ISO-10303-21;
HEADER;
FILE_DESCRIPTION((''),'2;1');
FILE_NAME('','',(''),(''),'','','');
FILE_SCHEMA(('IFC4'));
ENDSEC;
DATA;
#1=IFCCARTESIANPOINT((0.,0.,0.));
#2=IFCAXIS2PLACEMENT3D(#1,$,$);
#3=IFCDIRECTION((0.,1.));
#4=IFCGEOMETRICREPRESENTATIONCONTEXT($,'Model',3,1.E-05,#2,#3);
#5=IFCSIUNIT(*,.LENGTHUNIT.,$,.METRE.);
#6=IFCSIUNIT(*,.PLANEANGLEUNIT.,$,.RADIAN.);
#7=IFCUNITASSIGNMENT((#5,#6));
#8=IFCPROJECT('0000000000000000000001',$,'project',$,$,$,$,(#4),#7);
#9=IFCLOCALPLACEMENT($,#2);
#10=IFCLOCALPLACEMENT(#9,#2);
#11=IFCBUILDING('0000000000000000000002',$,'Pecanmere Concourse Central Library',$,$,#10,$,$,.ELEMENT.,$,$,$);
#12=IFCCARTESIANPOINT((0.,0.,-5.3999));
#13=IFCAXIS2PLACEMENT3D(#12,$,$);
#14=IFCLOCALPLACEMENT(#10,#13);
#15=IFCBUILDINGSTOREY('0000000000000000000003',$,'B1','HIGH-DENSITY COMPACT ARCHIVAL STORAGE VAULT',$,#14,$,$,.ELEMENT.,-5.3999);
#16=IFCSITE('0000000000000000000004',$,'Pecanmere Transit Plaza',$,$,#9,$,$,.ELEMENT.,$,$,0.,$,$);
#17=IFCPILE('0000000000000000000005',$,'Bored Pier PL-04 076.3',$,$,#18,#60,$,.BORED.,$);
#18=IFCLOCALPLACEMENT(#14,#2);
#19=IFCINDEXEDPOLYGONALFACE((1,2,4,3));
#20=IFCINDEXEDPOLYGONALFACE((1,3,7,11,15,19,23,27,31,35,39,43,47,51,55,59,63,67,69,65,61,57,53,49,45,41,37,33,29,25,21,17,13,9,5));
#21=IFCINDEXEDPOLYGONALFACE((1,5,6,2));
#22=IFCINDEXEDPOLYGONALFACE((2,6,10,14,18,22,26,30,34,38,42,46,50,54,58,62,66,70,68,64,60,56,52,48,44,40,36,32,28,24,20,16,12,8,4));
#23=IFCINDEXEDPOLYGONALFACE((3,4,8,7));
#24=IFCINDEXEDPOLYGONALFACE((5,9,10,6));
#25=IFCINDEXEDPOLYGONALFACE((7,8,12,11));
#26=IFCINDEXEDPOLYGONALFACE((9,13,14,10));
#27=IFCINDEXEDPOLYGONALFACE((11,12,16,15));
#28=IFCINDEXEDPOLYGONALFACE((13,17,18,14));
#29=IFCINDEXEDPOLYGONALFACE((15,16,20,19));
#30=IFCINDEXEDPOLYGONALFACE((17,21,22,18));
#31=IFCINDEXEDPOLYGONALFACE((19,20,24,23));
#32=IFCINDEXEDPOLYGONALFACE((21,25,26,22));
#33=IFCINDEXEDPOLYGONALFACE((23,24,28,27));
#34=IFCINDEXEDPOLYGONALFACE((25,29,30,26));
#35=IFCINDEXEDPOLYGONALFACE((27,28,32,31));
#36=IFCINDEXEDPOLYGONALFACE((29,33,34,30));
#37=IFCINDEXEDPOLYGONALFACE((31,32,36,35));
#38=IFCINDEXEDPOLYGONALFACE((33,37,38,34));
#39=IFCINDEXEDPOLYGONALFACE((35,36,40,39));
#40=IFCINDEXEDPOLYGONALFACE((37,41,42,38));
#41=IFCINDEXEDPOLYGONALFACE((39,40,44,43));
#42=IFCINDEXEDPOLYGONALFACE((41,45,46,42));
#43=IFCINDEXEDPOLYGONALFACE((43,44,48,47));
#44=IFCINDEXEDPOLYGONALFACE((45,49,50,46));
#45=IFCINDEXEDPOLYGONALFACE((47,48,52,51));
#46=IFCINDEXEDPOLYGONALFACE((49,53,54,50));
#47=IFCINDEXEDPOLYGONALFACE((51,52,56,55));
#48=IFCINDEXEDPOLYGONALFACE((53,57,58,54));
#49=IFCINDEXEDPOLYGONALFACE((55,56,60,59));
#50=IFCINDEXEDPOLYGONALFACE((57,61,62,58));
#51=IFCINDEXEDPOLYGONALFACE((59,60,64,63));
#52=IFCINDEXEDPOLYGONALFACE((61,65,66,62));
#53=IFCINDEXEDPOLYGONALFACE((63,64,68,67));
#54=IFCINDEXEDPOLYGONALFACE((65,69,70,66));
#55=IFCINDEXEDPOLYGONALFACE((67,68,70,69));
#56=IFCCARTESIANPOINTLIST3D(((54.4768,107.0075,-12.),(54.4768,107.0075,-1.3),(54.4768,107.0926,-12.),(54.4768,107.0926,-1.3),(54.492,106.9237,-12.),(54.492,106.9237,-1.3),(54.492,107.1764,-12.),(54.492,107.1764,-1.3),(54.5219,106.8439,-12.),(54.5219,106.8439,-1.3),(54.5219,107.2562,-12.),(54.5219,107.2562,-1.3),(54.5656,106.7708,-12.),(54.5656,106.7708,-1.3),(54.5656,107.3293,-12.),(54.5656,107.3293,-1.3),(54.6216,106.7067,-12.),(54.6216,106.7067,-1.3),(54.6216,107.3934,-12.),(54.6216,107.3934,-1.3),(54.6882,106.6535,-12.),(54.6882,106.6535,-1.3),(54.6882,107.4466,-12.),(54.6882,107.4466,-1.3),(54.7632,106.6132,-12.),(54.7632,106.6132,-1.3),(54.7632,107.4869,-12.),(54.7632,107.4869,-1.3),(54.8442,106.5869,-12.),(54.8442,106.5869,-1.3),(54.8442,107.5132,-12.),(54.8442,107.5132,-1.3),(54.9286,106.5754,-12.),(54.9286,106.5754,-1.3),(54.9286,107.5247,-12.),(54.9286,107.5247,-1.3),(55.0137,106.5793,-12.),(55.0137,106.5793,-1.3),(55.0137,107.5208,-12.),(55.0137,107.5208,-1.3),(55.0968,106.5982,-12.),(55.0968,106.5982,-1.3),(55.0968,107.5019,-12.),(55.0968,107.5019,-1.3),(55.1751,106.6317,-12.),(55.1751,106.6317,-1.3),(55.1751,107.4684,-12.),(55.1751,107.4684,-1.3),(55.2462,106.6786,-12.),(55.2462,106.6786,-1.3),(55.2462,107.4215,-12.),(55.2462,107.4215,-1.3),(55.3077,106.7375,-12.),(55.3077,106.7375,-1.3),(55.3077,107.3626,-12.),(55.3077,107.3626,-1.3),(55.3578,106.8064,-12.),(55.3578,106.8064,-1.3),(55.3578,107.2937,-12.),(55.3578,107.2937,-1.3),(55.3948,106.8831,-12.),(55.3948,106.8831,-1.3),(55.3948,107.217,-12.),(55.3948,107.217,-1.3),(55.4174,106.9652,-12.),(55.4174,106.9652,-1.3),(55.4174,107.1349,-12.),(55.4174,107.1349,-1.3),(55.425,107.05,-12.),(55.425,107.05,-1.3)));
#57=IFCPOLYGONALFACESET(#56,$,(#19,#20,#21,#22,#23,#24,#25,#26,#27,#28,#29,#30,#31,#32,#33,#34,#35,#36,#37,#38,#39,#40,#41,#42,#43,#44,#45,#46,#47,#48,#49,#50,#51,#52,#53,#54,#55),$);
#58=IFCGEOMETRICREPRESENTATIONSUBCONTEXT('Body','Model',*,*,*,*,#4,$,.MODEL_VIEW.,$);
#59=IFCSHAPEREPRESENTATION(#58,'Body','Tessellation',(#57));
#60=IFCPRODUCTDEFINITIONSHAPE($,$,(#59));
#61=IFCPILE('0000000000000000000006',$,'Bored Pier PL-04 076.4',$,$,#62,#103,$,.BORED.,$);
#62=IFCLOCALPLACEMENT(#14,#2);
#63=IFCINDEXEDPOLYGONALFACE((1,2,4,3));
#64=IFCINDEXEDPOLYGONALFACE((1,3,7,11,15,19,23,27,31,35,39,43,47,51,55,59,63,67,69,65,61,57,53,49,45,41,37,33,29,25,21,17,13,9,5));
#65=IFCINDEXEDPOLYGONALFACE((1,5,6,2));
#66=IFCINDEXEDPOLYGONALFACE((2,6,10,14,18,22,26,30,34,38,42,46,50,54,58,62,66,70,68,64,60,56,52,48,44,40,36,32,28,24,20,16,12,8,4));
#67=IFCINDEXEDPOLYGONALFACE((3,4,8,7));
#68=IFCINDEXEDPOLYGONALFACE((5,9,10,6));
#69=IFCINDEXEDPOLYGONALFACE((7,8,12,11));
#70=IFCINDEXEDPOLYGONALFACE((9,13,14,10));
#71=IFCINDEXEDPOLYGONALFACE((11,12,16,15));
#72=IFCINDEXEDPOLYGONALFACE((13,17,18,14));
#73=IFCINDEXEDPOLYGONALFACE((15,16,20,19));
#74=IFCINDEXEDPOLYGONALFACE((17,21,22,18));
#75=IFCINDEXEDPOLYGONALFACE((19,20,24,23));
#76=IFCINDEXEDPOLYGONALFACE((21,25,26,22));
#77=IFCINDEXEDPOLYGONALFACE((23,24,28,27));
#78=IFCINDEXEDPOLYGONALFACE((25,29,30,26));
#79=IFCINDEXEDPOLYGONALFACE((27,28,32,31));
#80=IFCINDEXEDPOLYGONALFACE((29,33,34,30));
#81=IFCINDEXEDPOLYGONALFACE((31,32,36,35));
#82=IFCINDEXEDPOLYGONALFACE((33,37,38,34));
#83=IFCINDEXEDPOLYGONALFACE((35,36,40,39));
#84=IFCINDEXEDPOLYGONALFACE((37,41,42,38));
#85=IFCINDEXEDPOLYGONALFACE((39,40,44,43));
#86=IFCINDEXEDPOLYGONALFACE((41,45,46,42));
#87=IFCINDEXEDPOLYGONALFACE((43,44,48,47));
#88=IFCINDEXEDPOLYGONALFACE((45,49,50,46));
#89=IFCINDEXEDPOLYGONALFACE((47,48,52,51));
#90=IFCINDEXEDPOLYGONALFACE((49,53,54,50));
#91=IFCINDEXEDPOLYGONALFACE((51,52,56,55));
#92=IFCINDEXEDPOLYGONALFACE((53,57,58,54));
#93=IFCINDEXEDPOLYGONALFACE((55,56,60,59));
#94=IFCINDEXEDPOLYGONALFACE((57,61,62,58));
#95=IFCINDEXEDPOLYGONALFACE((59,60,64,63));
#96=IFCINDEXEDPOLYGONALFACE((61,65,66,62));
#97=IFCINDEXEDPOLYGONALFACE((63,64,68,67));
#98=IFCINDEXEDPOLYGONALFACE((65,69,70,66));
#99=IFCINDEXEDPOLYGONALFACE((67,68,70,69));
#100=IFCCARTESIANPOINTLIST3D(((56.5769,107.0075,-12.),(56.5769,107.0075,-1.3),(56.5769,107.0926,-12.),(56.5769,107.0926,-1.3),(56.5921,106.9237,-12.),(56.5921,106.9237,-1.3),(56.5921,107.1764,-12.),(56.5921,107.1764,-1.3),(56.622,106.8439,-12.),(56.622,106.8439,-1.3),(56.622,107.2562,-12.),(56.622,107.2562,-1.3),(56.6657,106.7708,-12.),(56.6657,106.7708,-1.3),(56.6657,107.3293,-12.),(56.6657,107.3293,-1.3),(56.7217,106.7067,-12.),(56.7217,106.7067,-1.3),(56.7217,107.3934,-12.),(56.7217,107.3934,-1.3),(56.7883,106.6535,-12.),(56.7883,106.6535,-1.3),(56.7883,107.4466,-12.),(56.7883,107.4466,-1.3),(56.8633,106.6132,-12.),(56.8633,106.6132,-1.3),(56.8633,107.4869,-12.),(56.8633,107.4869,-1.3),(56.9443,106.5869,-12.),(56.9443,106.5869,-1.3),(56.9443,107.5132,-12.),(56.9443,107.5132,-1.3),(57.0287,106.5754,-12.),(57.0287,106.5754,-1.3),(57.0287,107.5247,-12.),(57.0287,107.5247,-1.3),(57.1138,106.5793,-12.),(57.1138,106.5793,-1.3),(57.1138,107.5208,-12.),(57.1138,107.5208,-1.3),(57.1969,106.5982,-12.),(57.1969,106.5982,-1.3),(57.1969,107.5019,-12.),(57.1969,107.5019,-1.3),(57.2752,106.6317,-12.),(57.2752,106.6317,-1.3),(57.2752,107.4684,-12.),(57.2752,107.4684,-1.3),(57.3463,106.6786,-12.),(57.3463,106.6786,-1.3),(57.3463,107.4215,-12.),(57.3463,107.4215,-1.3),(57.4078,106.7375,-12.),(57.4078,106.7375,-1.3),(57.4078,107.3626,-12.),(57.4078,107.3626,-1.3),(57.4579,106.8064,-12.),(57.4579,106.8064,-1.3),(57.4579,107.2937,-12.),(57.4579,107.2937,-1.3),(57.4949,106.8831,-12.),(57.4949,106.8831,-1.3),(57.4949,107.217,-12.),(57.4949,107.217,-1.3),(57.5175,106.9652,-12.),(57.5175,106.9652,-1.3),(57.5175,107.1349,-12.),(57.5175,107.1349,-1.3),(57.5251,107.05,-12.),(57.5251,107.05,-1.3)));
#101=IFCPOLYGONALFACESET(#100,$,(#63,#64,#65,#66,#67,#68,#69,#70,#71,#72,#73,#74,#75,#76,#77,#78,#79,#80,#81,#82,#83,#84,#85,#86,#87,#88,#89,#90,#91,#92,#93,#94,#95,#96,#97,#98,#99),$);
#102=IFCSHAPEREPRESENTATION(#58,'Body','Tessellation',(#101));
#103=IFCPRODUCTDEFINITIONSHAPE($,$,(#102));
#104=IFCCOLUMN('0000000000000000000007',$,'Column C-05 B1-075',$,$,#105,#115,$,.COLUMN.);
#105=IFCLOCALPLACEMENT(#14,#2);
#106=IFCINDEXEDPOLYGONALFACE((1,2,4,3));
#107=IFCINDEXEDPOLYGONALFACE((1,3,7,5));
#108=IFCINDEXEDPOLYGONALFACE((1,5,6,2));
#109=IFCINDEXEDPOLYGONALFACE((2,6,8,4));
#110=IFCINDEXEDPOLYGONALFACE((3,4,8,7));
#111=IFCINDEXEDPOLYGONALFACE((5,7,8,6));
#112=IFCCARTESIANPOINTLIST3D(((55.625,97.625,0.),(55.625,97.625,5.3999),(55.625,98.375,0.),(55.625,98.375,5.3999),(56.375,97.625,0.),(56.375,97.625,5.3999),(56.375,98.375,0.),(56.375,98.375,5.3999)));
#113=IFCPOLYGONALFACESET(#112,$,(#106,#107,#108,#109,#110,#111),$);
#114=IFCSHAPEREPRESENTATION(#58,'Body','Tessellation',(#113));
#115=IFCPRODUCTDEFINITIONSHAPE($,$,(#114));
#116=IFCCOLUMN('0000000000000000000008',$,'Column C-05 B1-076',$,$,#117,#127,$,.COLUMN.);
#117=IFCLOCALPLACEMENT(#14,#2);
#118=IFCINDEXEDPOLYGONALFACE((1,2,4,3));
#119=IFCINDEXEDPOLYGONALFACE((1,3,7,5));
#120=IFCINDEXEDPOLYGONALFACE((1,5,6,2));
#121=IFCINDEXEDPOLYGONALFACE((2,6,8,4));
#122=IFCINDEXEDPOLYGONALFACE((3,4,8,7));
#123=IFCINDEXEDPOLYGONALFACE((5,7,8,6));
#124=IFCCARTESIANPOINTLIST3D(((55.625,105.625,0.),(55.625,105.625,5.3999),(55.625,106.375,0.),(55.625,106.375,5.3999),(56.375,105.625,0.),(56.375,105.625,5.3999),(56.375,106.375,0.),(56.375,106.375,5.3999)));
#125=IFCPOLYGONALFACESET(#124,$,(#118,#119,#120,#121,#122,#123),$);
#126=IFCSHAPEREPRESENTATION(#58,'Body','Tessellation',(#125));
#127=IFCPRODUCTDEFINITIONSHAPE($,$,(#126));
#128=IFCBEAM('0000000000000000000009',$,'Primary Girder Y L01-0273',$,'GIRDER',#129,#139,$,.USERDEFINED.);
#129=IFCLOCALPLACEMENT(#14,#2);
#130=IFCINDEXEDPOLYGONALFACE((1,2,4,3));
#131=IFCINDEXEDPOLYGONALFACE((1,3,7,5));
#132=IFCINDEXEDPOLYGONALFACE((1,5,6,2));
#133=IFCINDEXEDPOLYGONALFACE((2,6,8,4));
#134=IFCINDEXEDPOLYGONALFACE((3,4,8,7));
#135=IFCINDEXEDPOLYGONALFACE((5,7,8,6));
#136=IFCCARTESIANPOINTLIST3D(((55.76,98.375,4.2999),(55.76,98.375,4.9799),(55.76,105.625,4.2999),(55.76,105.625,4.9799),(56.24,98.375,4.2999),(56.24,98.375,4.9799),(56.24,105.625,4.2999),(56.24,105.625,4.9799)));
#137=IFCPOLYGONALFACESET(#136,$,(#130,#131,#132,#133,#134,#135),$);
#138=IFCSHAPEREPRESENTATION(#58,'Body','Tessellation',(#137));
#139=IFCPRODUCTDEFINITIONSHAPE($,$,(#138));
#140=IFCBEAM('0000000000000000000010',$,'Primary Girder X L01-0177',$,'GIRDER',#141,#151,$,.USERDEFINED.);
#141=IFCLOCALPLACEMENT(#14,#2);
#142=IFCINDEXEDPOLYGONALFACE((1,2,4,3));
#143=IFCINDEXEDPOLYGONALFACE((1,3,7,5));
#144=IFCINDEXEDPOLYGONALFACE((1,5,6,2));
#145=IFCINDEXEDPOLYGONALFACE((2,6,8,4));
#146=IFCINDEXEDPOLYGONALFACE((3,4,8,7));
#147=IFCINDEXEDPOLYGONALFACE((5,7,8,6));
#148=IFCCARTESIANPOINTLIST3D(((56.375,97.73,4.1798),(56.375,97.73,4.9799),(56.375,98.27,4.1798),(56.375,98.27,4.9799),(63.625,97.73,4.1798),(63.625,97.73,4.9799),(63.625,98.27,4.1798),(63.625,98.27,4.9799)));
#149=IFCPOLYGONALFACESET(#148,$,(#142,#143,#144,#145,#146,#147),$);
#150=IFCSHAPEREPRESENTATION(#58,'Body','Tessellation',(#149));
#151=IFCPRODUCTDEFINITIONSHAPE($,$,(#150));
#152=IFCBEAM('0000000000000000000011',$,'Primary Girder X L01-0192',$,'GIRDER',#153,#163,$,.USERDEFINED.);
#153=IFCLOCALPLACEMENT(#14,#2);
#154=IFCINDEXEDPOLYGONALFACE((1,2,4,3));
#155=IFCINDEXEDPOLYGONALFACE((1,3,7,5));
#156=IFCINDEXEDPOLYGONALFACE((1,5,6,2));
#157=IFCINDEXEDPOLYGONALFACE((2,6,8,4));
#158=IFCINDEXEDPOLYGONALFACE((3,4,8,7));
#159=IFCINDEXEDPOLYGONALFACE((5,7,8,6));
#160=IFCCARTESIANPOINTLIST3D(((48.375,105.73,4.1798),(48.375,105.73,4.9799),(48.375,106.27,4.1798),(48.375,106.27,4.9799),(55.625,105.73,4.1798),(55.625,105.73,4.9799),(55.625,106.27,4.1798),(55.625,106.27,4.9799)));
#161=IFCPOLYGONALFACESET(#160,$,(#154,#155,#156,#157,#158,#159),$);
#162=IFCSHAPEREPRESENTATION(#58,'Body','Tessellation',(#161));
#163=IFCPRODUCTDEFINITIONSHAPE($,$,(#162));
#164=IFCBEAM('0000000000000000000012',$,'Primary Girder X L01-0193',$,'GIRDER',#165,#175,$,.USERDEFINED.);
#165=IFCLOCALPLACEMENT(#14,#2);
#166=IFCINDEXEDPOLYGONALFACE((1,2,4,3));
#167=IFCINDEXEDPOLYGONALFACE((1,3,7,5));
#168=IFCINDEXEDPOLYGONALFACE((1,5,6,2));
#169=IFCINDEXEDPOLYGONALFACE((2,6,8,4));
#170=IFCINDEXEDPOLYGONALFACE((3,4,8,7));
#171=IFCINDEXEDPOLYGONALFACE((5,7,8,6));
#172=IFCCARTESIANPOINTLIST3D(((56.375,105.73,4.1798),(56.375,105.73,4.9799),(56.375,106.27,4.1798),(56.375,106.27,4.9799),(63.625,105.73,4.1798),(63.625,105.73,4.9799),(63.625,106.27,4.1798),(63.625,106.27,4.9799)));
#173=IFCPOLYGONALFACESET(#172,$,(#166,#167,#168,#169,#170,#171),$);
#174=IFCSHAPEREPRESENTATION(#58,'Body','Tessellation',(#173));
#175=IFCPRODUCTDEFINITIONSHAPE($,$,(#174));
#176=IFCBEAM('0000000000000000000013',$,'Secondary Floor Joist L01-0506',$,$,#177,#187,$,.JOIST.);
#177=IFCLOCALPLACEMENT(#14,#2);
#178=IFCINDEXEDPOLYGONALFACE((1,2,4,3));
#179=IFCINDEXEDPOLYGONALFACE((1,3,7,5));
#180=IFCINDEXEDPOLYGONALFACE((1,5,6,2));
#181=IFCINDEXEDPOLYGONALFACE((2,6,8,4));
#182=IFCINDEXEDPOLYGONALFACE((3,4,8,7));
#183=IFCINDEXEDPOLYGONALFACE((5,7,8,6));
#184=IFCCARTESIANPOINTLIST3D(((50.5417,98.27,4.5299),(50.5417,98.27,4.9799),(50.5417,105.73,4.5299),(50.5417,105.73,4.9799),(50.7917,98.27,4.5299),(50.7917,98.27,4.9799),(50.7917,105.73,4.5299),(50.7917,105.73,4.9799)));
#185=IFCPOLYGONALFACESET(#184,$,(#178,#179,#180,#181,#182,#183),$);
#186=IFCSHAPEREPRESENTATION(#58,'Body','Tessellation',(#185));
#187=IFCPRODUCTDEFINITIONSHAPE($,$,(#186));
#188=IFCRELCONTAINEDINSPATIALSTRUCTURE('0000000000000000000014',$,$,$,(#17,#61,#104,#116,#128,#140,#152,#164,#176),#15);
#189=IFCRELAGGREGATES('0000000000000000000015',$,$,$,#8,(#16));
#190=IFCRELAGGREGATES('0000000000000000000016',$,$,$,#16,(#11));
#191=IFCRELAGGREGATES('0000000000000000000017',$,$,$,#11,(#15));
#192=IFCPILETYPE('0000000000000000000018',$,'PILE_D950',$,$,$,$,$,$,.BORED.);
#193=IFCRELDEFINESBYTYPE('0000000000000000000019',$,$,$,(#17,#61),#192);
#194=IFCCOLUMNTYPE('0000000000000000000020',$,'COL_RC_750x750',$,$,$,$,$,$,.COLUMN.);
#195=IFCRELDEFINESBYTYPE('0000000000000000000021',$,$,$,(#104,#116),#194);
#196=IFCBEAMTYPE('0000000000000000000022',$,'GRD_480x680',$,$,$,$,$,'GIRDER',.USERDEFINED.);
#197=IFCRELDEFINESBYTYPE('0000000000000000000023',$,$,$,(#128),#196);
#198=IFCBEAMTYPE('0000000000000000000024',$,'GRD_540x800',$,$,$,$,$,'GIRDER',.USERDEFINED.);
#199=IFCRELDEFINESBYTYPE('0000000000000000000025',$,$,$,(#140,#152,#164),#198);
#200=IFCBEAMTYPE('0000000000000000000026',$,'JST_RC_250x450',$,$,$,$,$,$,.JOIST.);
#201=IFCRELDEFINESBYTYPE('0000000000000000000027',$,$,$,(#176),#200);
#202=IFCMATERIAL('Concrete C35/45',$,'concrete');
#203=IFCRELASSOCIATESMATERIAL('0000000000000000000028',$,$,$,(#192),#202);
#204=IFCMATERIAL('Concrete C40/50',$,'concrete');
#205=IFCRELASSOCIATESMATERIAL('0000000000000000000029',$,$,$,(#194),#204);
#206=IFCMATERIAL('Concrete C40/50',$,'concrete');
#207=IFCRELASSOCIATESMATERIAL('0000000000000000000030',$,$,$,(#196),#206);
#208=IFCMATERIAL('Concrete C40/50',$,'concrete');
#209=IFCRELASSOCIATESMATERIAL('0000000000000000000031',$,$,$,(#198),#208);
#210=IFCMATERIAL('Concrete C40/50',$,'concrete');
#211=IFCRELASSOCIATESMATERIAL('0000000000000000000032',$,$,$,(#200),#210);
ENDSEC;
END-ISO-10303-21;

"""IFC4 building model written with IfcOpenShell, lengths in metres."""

from ifc_helpers import new_model, si_unit, direction, frame, origin, origin_2d, place, context, subcontext, project, spatial, rectangle, circle, extrude, material, material_profile, profile_set, type_object, element, save


model = new_model("IFC4")

# Units and contexts
model_context = context("Model", 3, precision=1e-05, world=origin(), true_north=direction((0.0, 1.0)))
body_context = subcontext(model_context, "Body", "Model", "MODEL_VIEW")
ifc_project = project(units=[si_unit("LENGTHUNIT", "METRE"), si_unit("PLANEANGLEUNIT", "RADIAN")], contexts=[model_context])

# Site, building, storey
site_placement = place(None, origin())
site = spatial("IfcSite", under=ifc_project, at=site_placement, Name="Pecanmere Transit Plaza", CompositionType="ELEMENT", RefElevation=0.0)
building_placement = place(site_placement, origin())
building = spatial("IfcBuilding", under=site, at=building_placement, Name="Pecanmere Concourse Central Library", CompositionType="ELEMENT")
storey_placement = place(building_placement, frame((0.0, 0.0, -5.3999)))
storey = spatial("IfcBuildingStorey", under=building, at=storey_placement, Name="B1", Description="HIGH-DENSITY COMPACT ARCHIVAL STORAGE VAULT", CompositionType="ELEMENT", Elevation=-5.3999)

# Piles
ifc_material_1 = material(Name="Concrete C35/45", Category="concrete")
ifc_material_profile_1 = material_profile(ifc_material_1, circle(Radius=0.4751, at=origin_2d()), Name="PIER D950")
ifc_profile_set_1 = profile_set([ifc_material_profile_1], Name="Concrete C35/45")
pile_type = type_object("IfcPileType", Name="PILE_D950", PredefinedType="BORED", material=ifc_profile_set_1)
for number, where, z_axis, x_axis, name in (
    (1, (54.95, 107.05, -1.3), (0.0, 0.0, -1.0), (1.0, 0.0, 0.0), "Bored Pier PL-04 076.3"),
    (2, (57.05, 107.05, -1.3), (0.0, 0.0, -1.0), (1.0, 0.0, 0.0), "Bored Pier PL-04 076.4"),
):
    element("IfcPile", number, at=place(storey_placement, frame(where, z_axis=z_axis, x_axis=x_axis)), inside=storey, type_object=pile_type, Name=name, PredefinedType="BORED", context=body_context, shape_type="SweptSolid", body=[
        extrude(circle(Radius=0.4751, at=origin_2d()), origin(), (0.0, 0.0, 1.0), 10.7),
    ])

# Columns
ifc_material_2 = material(Name="Concrete C40/50", Category="concrete")
ifc_material_profile_2 = material_profile(ifc_material_2, rectangle(XDim=0.75, YDim=0.75, at=origin_2d()), Name="RC 750x750")
ifc_profile_set_2 = profile_set([ifc_material_profile_2], Name="Concrete C40/50")
column_type = type_object("IfcColumnType", Name="COL_RC_750x750", PredefinedType="COLUMN", material=ifc_profile_set_2)
for number, where, z_axis, x_axis, name in (
    (3, (56.0, 98.0, 0.0), (0.0, 0.0, 1.0), (1.0, 0.0, 0.0), "Column C-05 B1-075"),
    (4, (56.0, 106.0, 0.0), (0.0, 0.0, 1.0), (1.0, 0.0, 0.0), "Column C-05 B1-076"),
):
    element("IfcColumn", number, at=place(storey_placement, frame(where, z_axis=z_axis, x_axis=x_axis)), inside=storey, type_object=column_type, Name=name, PredefinedType="COLUMN", context=body_context, shape_type="SweptSolid", body=[
        extrude(rectangle(XDim=0.75, YDim=0.75, at=origin_2d()), origin(), (0.0, 0.0, 1.0), 5.3999),
    ])

# Beams
ifc_material_3 = material(Name="Concrete C40/50", Category="concrete")
ifc_material_profile_3 = material_profile(ifc_material_3, rectangle(XDim=0.48, YDim=0.6799, at=origin_2d()), Name="RC 480x680")
ifc_profile_set_3 = profile_set([ifc_material_profile_3], Name="Concrete C40/50")
beam_type_1 = type_object("IfcBeamType", Name="GRD_480x680", ElementType="GIRDER", PredefinedType="USERDEFINED", material=ifc_profile_set_3)
beam_1_placement = place(storey_placement, frame((56.0, 98.375, 4.6399), z_axis=(0.0, 1.0, 0.0), x_axis=(-1.0, 0.0, 0.0)))
element("IfcBeam", 5, at=beam_1_placement, inside=storey, type_object=beam_type_1, Name="Primary Girder Y L01-0273", ObjectType="GIRDER", PredefinedType="USERDEFINED", context=body_context, shape_type="SweptSolid", body=[
    extrude(rectangle(XDim=0.48, YDim=0.6799, at=origin_2d()), origin(), (0.0, 0.0, 1.0), 7.25),
])
ifc_material_4 = material(Name="Concrete C40/50", Category="concrete")
ifc_material_profile_4 = material_profile(ifc_material_4, rectangle(XDim=0.54, YDim=0.8, at=origin_2d()), Name="RC 540x800")
ifc_profile_set_4 = profile_set([ifc_material_profile_4], Name="Concrete C40/50")
beam_type_2 = type_object("IfcBeamType", Name="GRD_540x800", ElementType="GIRDER", PredefinedType="USERDEFINED", material=ifc_profile_set_4)
for number, where, z_axis, x_axis, name in (
    (6, (56.375, 98.0, 4.5798), (1.0, 0.0, 0.0), (0.0, 1.0, 0.0), "Primary Girder X L01-0177"),
    (7, (48.375, 106.0, 4.5798), (1.0, 0.0, 0.0), (0.0, 1.0, 0.0), "Primary Girder X L01-0192"),
    (8, (56.375, 106.0, 4.5798), (1.0, 0.0, 0.0), (0.0, 1.0, 0.0), "Primary Girder X L01-0193"),
):
    element("IfcBeam", number, at=place(storey_placement, frame(where, z_axis=z_axis, x_axis=x_axis)), inside=storey, type_object=beam_type_2, Name=name, ObjectType="GIRDER", PredefinedType="USERDEFINED", context=body_context, shape_type="SweptSolid", body=[
        extrude(rectangle(XDim=0.54, YDim=0.8, at=origin_2d()), origin(), (0.0, 0.0, 1.0), 7.25),
    ])
ifc_material_5 = material(Name="Concrete C40/50", Category="concrete")
ifc_material_profile_5 = material_profile(ifc_material_5, rectangle(XDim=0.25, YDim=0.45, at=origin_2d()), Name="RC 250x450")
ifc_profile_set_5 = profile_set([ifc_material_profile_5], Name="Concrete C40/50")
beam_type_3 = type_object("IfcBeamType", Name="JST_RC_250x450", PredefinedType="JOIST", material=ifc_profile_set_5)
beam_2_placement = place(storey_placement, frame((50.6667, 98.27, 4.7549), z_axis=(0.0, 1.0, 0.0), x_axis=(-1.0, 0.0, 0.0)))
element("IfcBeam", 9, at=beam_2_placement, inside=storey, type_object=beam_type_3, Name="Secondary Floor Joist L01-0506", PredefinedType="JOIST", context=body_context, shape_type="SweptSolid", body=[
    extrude(rectangle(XDim=0.25, YDim=0.45, at=origin_2d()), origin(), (0.0, 0.0, 1.0), 7.46),
])

save(model, "model.ifc")
